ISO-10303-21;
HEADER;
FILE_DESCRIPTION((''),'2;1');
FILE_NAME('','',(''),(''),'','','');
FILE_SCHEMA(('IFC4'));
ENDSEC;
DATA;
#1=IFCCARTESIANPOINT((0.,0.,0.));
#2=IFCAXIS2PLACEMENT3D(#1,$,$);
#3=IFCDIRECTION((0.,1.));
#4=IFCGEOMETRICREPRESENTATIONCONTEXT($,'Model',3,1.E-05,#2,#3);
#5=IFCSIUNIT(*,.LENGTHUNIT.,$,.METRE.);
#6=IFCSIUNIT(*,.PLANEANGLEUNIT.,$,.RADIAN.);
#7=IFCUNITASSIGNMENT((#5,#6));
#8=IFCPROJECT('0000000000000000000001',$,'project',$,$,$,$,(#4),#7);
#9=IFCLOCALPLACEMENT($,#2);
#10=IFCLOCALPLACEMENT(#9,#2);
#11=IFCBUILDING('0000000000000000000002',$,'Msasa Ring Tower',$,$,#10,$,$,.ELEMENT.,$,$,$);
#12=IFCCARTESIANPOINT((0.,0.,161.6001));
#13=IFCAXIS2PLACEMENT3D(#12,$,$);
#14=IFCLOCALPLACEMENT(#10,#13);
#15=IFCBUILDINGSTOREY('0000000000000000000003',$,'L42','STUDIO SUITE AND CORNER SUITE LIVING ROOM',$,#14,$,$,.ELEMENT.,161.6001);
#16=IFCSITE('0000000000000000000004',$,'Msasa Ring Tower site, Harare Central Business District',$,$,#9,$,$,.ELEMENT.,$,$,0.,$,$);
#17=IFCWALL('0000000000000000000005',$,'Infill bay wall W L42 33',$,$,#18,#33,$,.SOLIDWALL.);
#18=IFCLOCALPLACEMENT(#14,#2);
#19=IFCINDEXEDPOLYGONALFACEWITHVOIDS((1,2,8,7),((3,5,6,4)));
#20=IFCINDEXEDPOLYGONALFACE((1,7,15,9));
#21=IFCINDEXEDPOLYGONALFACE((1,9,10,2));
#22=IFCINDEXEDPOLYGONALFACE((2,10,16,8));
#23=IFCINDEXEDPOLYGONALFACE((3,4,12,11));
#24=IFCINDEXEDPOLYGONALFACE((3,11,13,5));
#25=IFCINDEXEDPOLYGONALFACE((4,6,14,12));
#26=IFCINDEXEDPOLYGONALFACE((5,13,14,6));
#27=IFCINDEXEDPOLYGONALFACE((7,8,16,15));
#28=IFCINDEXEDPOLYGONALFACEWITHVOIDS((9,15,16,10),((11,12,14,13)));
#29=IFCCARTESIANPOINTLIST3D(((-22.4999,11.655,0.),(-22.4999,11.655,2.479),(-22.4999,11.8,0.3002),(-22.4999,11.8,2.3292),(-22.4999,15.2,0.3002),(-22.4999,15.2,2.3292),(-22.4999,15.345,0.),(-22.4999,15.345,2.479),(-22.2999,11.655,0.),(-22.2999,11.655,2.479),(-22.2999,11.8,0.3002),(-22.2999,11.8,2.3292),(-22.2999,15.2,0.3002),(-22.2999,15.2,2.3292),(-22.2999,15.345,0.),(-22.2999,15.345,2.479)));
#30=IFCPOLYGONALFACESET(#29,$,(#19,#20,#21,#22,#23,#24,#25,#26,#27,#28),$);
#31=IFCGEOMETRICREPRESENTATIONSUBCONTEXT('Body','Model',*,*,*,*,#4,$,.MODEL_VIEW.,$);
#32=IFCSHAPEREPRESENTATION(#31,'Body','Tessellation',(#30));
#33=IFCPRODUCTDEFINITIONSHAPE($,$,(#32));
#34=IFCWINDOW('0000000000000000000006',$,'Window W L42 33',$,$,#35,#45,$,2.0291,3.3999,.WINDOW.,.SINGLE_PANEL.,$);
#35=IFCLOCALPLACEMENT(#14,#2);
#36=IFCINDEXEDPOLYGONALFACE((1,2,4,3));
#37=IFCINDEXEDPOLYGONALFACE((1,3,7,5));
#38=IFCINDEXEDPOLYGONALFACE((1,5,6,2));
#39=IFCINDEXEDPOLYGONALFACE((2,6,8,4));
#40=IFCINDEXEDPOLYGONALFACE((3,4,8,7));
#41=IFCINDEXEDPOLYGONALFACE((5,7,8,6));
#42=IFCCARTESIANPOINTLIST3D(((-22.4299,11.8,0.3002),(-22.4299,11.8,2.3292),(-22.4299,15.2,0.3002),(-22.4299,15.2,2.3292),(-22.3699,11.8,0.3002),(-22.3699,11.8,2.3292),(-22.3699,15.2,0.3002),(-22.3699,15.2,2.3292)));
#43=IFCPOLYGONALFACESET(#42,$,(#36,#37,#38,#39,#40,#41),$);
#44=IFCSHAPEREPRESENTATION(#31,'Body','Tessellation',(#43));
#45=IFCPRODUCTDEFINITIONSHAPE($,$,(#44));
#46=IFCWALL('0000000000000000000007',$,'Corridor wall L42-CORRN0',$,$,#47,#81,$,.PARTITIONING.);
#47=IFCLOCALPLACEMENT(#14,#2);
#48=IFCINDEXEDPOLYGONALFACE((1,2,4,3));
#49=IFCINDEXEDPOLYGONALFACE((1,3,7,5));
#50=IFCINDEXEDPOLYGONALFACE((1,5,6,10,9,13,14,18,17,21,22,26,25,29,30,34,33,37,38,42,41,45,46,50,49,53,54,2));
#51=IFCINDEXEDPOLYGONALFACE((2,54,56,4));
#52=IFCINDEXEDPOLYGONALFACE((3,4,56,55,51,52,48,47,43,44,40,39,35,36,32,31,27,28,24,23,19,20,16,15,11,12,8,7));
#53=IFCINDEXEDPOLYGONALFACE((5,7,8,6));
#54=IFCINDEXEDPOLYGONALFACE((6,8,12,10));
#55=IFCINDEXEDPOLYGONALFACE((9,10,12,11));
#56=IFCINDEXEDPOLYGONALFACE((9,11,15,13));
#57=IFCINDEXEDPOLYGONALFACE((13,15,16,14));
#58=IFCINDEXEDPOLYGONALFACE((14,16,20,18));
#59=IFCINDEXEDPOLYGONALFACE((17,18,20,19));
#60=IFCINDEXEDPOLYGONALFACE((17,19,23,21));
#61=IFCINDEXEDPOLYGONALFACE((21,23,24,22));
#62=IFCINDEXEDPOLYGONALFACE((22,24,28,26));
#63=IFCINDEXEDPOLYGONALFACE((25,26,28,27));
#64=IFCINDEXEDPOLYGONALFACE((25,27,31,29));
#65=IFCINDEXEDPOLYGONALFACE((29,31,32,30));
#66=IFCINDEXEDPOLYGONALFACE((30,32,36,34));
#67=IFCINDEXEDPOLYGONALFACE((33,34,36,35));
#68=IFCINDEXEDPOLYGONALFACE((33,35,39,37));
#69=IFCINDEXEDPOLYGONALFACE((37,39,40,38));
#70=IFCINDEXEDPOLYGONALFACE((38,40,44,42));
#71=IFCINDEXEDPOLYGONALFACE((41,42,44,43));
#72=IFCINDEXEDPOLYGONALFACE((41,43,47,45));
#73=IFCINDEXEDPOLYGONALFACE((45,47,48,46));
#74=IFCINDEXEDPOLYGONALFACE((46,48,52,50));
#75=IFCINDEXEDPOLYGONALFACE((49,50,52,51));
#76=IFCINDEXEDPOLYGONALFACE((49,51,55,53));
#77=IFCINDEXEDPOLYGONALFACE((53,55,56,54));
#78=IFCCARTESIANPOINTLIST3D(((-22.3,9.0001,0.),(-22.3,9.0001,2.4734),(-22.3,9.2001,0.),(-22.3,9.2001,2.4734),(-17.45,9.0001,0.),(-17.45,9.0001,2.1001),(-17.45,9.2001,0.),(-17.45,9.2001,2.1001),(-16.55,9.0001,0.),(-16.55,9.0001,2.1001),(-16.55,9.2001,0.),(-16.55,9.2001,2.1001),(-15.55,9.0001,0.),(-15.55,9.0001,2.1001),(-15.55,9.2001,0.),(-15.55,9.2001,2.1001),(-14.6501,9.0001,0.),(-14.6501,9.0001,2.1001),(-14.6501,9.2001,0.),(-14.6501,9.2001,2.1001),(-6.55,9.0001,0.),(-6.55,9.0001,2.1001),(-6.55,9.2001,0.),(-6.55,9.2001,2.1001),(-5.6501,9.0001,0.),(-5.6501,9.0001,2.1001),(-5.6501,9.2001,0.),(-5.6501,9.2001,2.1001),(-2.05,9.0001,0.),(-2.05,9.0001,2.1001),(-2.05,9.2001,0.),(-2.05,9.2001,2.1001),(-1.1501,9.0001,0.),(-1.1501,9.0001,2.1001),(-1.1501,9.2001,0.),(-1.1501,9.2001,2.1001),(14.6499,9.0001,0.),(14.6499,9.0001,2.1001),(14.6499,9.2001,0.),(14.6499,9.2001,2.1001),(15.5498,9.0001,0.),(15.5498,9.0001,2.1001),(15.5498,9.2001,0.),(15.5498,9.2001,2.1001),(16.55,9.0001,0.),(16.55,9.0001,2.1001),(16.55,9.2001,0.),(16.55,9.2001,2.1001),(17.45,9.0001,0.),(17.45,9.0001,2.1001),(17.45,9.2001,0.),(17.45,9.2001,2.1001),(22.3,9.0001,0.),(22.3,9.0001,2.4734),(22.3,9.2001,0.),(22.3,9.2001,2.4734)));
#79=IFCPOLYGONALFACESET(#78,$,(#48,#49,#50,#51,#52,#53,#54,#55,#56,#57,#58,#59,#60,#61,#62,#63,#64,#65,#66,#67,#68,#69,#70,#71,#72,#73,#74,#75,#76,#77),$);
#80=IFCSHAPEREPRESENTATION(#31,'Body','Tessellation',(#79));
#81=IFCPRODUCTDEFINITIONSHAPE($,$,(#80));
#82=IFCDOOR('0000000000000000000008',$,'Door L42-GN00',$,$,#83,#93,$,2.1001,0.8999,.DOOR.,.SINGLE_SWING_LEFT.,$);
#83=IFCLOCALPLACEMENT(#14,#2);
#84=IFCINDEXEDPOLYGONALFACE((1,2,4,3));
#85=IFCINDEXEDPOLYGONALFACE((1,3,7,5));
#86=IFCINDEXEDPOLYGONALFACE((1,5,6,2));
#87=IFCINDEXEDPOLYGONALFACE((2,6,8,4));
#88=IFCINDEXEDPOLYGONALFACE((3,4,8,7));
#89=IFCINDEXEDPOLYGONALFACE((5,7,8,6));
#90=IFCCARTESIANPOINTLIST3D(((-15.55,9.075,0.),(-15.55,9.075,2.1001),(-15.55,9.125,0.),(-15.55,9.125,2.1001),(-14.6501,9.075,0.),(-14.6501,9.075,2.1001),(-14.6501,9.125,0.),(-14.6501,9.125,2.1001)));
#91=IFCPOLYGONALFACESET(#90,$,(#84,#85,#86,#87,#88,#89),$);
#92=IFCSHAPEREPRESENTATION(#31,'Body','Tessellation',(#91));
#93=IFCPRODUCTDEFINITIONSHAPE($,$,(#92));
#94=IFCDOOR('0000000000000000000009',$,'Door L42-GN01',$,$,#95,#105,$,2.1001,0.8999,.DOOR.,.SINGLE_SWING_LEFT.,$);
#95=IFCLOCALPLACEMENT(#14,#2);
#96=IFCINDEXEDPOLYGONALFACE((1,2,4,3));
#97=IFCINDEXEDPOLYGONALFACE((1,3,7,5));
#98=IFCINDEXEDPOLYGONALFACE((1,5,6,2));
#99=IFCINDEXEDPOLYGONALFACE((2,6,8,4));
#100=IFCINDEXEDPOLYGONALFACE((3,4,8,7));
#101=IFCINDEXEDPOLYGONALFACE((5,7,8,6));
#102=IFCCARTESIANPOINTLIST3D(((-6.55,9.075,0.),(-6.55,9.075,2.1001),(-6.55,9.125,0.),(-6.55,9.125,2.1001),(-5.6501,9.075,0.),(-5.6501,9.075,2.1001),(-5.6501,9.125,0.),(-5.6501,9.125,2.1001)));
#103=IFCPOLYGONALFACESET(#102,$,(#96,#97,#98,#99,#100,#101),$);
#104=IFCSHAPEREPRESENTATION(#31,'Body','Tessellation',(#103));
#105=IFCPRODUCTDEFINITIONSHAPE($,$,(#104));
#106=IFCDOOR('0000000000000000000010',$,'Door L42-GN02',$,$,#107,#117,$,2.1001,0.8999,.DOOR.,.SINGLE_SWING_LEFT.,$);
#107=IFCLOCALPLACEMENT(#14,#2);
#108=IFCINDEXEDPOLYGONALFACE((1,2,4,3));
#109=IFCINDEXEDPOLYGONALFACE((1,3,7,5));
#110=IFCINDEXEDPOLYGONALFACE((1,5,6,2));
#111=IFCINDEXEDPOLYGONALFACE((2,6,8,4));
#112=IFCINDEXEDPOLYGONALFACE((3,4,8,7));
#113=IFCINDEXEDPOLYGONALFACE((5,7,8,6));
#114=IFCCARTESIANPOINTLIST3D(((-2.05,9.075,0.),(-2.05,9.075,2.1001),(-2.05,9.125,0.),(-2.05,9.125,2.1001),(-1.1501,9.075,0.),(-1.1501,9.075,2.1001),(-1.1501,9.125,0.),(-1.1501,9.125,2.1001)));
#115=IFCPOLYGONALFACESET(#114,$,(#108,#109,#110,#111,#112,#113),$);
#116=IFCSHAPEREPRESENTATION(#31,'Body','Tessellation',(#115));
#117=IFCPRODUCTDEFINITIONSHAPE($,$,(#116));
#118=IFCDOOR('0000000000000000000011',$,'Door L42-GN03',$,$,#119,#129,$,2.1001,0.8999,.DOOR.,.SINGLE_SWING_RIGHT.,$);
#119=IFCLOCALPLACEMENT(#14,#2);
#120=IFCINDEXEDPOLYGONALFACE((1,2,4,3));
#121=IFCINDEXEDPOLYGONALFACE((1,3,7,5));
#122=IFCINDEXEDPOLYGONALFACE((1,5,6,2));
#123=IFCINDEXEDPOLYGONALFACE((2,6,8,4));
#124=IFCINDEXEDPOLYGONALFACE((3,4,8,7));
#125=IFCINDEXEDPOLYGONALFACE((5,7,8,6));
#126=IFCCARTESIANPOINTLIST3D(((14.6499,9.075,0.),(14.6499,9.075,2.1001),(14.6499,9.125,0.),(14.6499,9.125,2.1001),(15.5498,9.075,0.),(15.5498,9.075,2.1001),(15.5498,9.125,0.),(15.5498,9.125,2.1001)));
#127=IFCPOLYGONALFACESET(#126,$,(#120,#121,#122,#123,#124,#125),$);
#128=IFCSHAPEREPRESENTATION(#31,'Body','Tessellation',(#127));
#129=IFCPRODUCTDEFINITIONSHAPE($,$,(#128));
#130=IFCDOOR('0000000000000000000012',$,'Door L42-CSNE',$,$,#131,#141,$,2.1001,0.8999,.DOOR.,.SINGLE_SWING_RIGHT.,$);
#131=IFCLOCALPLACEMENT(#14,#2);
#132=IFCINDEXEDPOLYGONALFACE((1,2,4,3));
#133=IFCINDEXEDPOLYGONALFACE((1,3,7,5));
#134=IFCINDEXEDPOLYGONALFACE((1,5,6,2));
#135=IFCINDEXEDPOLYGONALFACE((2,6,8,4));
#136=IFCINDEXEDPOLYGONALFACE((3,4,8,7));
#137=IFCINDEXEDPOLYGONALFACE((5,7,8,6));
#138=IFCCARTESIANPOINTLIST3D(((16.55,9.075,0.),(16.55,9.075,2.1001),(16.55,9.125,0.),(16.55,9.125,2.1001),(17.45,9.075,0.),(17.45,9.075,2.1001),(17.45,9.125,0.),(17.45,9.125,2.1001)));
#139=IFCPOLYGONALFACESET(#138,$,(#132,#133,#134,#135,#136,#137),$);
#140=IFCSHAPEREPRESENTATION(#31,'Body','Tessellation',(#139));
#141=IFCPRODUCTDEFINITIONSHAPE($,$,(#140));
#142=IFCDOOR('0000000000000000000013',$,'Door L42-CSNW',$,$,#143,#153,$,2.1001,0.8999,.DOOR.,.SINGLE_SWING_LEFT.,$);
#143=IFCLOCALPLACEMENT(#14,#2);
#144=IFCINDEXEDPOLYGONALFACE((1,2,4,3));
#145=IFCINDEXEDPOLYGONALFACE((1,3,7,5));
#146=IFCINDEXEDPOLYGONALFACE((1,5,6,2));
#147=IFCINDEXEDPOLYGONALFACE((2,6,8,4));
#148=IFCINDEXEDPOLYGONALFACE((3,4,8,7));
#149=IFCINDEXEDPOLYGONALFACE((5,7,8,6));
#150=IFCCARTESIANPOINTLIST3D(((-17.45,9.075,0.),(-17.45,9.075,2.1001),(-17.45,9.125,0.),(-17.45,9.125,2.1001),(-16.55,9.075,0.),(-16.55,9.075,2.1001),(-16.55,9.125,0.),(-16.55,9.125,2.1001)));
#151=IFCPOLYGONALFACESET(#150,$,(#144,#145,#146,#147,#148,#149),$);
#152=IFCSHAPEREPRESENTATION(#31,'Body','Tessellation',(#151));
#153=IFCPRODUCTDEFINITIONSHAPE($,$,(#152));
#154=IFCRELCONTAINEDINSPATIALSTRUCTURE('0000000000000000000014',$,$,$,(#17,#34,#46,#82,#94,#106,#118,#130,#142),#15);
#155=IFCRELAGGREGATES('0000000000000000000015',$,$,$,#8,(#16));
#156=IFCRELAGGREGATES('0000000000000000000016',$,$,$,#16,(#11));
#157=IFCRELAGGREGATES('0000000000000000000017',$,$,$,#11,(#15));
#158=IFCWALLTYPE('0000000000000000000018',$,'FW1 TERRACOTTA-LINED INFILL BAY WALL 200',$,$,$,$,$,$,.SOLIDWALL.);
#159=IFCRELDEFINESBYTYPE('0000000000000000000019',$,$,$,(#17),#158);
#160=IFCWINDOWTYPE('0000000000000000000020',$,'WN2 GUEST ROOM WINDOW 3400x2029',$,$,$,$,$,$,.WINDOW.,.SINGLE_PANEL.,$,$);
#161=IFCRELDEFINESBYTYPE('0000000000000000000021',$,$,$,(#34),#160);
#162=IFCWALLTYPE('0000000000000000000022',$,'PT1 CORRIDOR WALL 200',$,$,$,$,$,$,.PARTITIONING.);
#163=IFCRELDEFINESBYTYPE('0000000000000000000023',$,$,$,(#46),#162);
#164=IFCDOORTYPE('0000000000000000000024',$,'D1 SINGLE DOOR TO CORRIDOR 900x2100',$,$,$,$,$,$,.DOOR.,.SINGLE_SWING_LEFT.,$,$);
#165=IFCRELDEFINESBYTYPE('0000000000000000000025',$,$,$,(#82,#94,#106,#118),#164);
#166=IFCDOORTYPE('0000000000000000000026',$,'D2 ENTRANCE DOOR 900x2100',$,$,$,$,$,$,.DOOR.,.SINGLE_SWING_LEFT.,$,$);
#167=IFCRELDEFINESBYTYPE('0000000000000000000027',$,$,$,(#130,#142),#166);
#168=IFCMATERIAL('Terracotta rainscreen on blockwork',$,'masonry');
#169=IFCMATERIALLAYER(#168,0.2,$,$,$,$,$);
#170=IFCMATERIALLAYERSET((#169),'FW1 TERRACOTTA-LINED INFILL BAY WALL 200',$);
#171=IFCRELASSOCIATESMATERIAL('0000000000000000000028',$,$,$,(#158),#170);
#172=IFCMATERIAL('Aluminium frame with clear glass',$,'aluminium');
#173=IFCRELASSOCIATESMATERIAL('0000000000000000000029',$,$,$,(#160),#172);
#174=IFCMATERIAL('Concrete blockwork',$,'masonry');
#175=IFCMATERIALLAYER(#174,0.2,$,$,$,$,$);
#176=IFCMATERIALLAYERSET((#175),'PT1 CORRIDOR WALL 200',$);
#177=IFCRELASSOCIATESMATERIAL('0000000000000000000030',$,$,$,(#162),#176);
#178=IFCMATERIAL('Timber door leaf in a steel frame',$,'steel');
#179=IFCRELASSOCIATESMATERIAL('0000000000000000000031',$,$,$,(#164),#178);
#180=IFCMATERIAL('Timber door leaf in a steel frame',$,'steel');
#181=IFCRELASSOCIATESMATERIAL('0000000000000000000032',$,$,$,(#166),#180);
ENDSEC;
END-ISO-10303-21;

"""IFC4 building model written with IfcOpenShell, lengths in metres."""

from ifc_helpers import new_model, si_unit, direction, frame, frame_2d, origin, place, context, subcontext, project, spatial, rectangle, extrude, material, layer, layer_set, type_object, element, fill, save


model = new_model("IFC4")

# Units and contexts
model_context = context("Model", 3, precision=1e-05, world=origin(), true_north=direction((0.0, 1.0)))
body_context = subcontext(model_context, "Body", "Model", "MODEL_VIEW")
ifc_project = project(units=[si_unit("LENGTHUNIT", "METRE"), si_unit("PLANEANGLEUNIT", "RADIAN")], contexts=[model_context])

# Site, building, storey
site_placement = place(None, origin())
site = spatial("IfcSite", under=ifc_project, at=site_placement, Name="Msasa Ring Tower site, Harare Central Business District", CompositionType="ELEMENT", RefElevation=0.0)
building_placement = place(site_placement, origin())
building = spatial("IfcBuilding", under=site, at=building_placement, Name="Msasa Ring Tower", CompositionType="ELEMENT")
storey_placement = place(building_placement, frame((0.0, 0.0, 161.6001)))
storey = spatial("IfcBuildingStorey", under=building, at=storey_placement, Name="L42", Description="STUDIO SUITE AND CORNER SUITE LIVING ROOM", CompositionType="ELEMENT", Elevation=161.6001)

# Wall, opening, window
ifc_material_1 = material(Name="Terracotta rainscreen on blockwork", Category="masonry")
ifc_layer_1 = layer(ifc_material_1, 0.2)
ifc_layer_set_1 = layer_set([ifc_layer_1], Name="FW1 TERRACOTTA-LINED INFILL BAY WALL 200")
wall_type_1 = type_object("IfcWallType", Name="FW1 TERRACOTTA-LINED INFILL BAY WALL 200", PredefinedType="SOLIDWALL", material=ifc_layer_set_1)
ifc_material_2 = material(Name="Aluminium frame with clear glass", Category="aluminium")
window_type = type_object("IfcWindowType", Name="WN2 GUEST ROOM WINDOW 3400x2029", PartitioningType="SINGLE_PANEL", PredefinedType="WINDOW", material=ifc_material_2)
wall_1_placement = place(storey_placement, frame((-22.3999, 11.655, 0.0), z_axis=(0.0, 0.0, 1.0), x_axis=(0.0, 1.0, 0.0)))
wall_1 = element("IfcWall", 1, at=wall_1_placement, inside=storey, type_object=wall_type_1, Name="Infill bay wall W L42 33", PredefinedType="SOLIDWALL", context=body_context, shape_type="SweptSolid", body=[
    extrude(rectangle(XDim=3.6899, YDim=0.2, at=frame_2d((1.845, 0.0))), origin(), (0.0, 0.0, 1.0), 2.479),
])
opening_1_placement = place(wall_1_placement, frame((0.145, 0.0, 0.3)))
opening_1 = element("IfcOpeningElement", 2, at=opening_1_placement, cuts=wall_1, PredefinedType="OPENING", context=body_context, shape_type="SweptSolid", body=[
    extrude(rectangle(XDim=3.3999, YDim=2.0291, at=frame_2d((1.7, 1.0146))), frame((0.0, 0.1099, 0.0), z_axis=(0.0, -1.0, 0.0), x_axis=(1.0, 0.0, 0.0)), (0.0, 0.0, 1.0), 0.22),
])
window_1_placement = place(opening_1_placement, origin())
window_1 = element("IfcWindow", 3, at=window_1_placement, inside=storey, type_object=window_type, Name="Window W L42 33", OverallHeight=2.0291, OverallWidth=3.3999, PartitioningType="SINGLE_PANEL", PredefinedType="WINDOW", context=body_context, shape_type="SweptSolid", body=[
    extrude(rectangle(XDim=3.3999, YDim=2.0291, at=frame_2d((1.7, 1.0146))), frame((0.0, 0.03, 0.0), z_axis=(0.0, -1.0, 0.0), x_axis=(1.0, 0.0, 0.0)), (0.0, 0.0, 1.0), 0.0601),
])
fill(opening_1, window_1)

# Wall, openings, doors
ifc_material_3 = material(Name="Concrete blockwork", Category="masonry")
ifc_layer_2 = layer(ifc_material_3, 0.2)
ifc_layer_set_2 = layer_set([ifc_layer_2], Name="PT1 CORRIDOR WALL 200")
wall_type_2 = type_object("IfcWallType", Name="PT1 CORRIDOR WALL 200", PredefinedType="PARTITIONING", material=ifc_layer_set_2)
wall_2_placement = place(storey_placement, frame((-22.3, 9.1001, 0.0), z_axis=(0.0, 0.0, 1.0), x_axis=(1.0, 0.0, 0.0)))
wall_2 = element("IfcWall", 4, at=wall_2_placement, inside=storey, type_object=wall_type_2, Name="Corridor wall L42-CORRN0", PredefinedType="PARTITIONING", context=body_context, shape_type="SweptSolid", body=[
    extrude(rectangle(XDim=44.6001, YDim=0.2, at=frame_2d((22.3, 0.0))), origin(), (0.0, 0.0, 1.0), 2.4734),
])
opening_2_placement = place(wall_2_placement, frame((6.75, 0.0, 0.0)))
opening_2 = element("IfcOpeningElement", 5, at=opening_2_placement, cuts=wall_2, PredefinedType="OPENING", context=body_context, shape_type="SweptSolid", body=[
    extrude(rectangle(XDim=0.8999, YDim=2.1001, at=frame_2d((0.45, 1.05))), frame((0.0, 0.1099, 0.0), z_axis=(0.0, -1.0, 0.0), x_axis=(1.0, 0.0, 0.0)), (0.0, 0.0, 1.0), 0.22),
])
opening_3_placement = place(wall_2_placement, frame((15.75, 0.0, 0.0)))
opening_3 = element("IfcOpeningElement", 6, at=opening_3_placement, cuts=wall_2, PredefinedType="OPENING", context=body_context, shape_type="SweptSolid", body=[
    extrude(rectangle(XDim=0.8999, YDim=2.1001, at=frame_2d((0.45, 1.05))), frame((0.0, 0.1099, 0.0), z_axis=(0.0, -1.0, 0.0), x_axis=(1.0, 0.0, 0.0)), (0.0, 0.0, 1.0), 0.22),
])
opening_4_placement = place(wall_2_placement, frame((20.25, 0.0, 0.0)))
opening_4 = element("IfcOpeningElement", 7, at=opening_4_placement, cuts=wall_2, PredefinedType="OPENING", context=body_context, shape_type="SweptSolid", body=[
    extrude(rectangle(XDim=0.8999, YDim=2.1001, at=frame_2d((0.45, 1.05))), frame((0.0, 0.1099, 0.0), z_axis=(0.0, -1.0, 0.0), x_axis=(1.0, 0.0, 0.0)), (0.0, 0.0, 1.0), 0.22),
])
opening_5_placement = place(wall_2_placement, frame((36.95, 0.0, 0.0)))
opening_5 = element("IfcOpeningElement", 8, at=opening_5_placement, cuts=wall_2, PredefinedType="OPENING", context=body_context, shape_type="SweptSolid", body=[
    extrude(rectangle(XDim=0.8999, YDim=2.1001, at=frame_2d((0.45, 1.05))), frame((0.0, 0.1099, 0.0), z_axis=(0.0, -1.0, 0.0), x_axis=(1.0, 0.0, 0.0)), (0.0, 0.0, 1.0), 0.22),
])
opening_6_placement = place(wall_2_placement, frame((38.8501, 0.0, 0.0)))
opening_6 = element("IfcOpeningElement", 9, at=opening_6_placement, cuts=wall_2, PredefinedType="OPENING", context=body_context, shape_type="SweptSolid", body=[
    extrude(rectangle(XDim=0.8999, YDim=2.1001, at=frame_2d((0.45, 1.05))), frame((0.0, 0.1099, 0.0), z_axis=(0.0, -1.0, 0.0), x_axis=(1.0, 0.0, 0.0)), (0.0, 0.0, 1.0), 0.22),
])
opening_7_placement = place(wall_2_placement, frame((4.8501, 0.0, 0.0)))
opening_7 = element("IfcOpeningElement", 10, at=opening_7_placement, cuts=wall_2, PredefinedType="OPENING", context=body_context, shape_type="SweptSolid", body=[
    extrude(rectangle(XDim=0.8999, YDim=2.1001, at=frame_2d((0.45, 1.05))), frame((0.0, 0.1099, 0.0), z_axis=(0.0, -1.0, 0.0), x_axis=(1.0, 0.0, 0.0)), (0.0, 0.0, 1.0), 0.22),
])
ifc_material_4 = material(Name="Timber door leaf in a steel frame", Category="steel")
door_type_1 = type_object("IfcDoorType", Name="D1 SINGLE DOOR TO CORRIDOR 900x2100", OperationType="SINGLE_SWING_LEFT", PredefinedType="DOOR", material=ifc_material_4)
door_1_placement = place(opening_2_placement, origin())
door_1 = element("IfcDoor", 11, at=door_1_placement, inside=storey, type_object=door_type_1, Name="Door L42-GN00", OperationType="SINGLE_SWING_LEFT", OverallHeight=2.1001, OverallWidth=0.8999, PredefinedType="DOOR", context=body_context, shape_type="SweptSolid", body=[
    extrude(rectangle(XDim=0.8999, YDim=2.1001, at=frame_2d((0.45, 1.05))), frame((0.0, 0.0249, 0.0), z_axis=(0.0, -1.0, 0.0), x_axis=(1.0, 0.0, 0.0)), (0.0, 0.0, 1.0), 0.05),
])
fill(opening_2, door_1)
door_2_placement = place(opening_3_placement, origin())
door_2 = element("IfcDoor", 12, at=door_2_placement, inside=storey, type_object=door_type_1, Name="Door L42-GN01", OperationType="SINGLE_SWING_LEFT", OverallHeight=2.1001, OverallWidth=0.8999, PredefinedType="DOOR", context=body_context, shape_type="SweptSolid", body=[
    extrude(rectangle(XDim=0.8999, YDim=2.1001, at=frame_2d((0.45, 1.05))), frame((0.0, 0.0249, 0.0), z_axis=(0.0, -1.0, 0.0), x_axis=(1.0, 0.0, 0.0)), (0.0, 0.0, 1.0), 0.05),
])
fill(opening_3, door_2)
door_3_placement = place(opening_4_placement, origin())
door_3 = element("IfcDoor", 13, at=door_3_placement, inside=storey, type_object=door_type_1, Name="Door L42-GN02", OperationType="SINGLE_SWING_LEFT", OverallHeight=2.1001, OverallWidth=0.8999, PredefinedType="DOOR", context=body_context, shape_type="SweptSolid", body=[
    extrude(rectangle(XDim=0.8999, YDim=2.1001, at=frame_2d((0.45, 1.05))), frame((0.0, 0.0249, 0.0), z_axis=(0.0, -1.0, 0.0), x_axis=(1.0, 0.0, 0.0)), (0.0, 0.0, 1.0), 0.05),
])
fill(opening_4, door_3)
door_4_placement = place(opening_5_placement, origin())
door_4 = element("IfcDoor", 14, at=door_4_placement, inside=storey, type_object=door_type_1, Name="Door L42-GN03", OperationType="SINGLE_SWING_RIGHT", OverallHeight=2.1001, OverallWidth=0.8999, PredefinedType="DOOR", context=body_context, shape_type="SweptSolid", body=[
    extrude(rectangle(XDim=0.8999, YDim=2.1001, at=frame_2d((0.45, 1.05))), frame((0.0, 0.0249, 0.0), z_axis=(0.0, -1.0, 0.0), x_axis=(1.0, 0.0, 0.0)), (0.0, 0.0, 1.0), 0.05),
])
fill(opening_5, door_4)
ifc_material_5 = material(Name="Timber door leaf in a steel frame", Category="steel")
door_type_2 = type_object("IfcDoorType", Name="D2 ENTRANCE DOOR 900x2100", OperationType="SINGLE_SWING_LEFT", PredefinedType="DOOR", material=ifc_material_5)
door_5_placement = place(opening_6_placement, origin())
door_5 = element("IfcDoor", 15, at=door_5_placement, inside=storey, type_object=door_type_2, Name="Door L42-CSNE", OperationType="SINGLE_SWING_RIGHT", OverallHeight=2.1001, OverallWidth=0.8999, PredefinedType="DOOR", context=body_context, shape_type="SweptSolid", body=[
    extrude(rectangle(XDim=0.8999, YDim=2.1001, at=frame_2d((0.45, 1.05))), frame((0.0, 0.0249, 0.0), z_axis=(0.0, -1.0, 0.0), x_axis=(1.0, 0.0, 0.0)), (0.0, 0.0, 1.0), 0.05),
])
fill(opening_6, door_5)
door_6_placement = place(opening_7_placement, origin())
door_6 = element("IfcDoor", 16, at=door_6_placement, inside=storey, type_object=door_type_2, Name="Door L42-CSNW", OperationType="SINGLE_SWING_LEFT", OverallHeight=2.1001, OverallWidth=0.8999, PredefinedType="DOOR", context=body_context, shape_type="SweptSolid", body=[
    extrude(rectangle(XDim=0.8999, YDim=2.1001, at=frame_2d((0.45, 1.05))), frame((0.0, 0.0249, 0.0), z_axis=(0.0, -1.0, 0.0), x_axis=(1.0, 0.0, 0.0)), (0.0, 0.0, 1.0), 0.05),
])
fill(opening_7, door_6)

save(model, "model.ifc")
